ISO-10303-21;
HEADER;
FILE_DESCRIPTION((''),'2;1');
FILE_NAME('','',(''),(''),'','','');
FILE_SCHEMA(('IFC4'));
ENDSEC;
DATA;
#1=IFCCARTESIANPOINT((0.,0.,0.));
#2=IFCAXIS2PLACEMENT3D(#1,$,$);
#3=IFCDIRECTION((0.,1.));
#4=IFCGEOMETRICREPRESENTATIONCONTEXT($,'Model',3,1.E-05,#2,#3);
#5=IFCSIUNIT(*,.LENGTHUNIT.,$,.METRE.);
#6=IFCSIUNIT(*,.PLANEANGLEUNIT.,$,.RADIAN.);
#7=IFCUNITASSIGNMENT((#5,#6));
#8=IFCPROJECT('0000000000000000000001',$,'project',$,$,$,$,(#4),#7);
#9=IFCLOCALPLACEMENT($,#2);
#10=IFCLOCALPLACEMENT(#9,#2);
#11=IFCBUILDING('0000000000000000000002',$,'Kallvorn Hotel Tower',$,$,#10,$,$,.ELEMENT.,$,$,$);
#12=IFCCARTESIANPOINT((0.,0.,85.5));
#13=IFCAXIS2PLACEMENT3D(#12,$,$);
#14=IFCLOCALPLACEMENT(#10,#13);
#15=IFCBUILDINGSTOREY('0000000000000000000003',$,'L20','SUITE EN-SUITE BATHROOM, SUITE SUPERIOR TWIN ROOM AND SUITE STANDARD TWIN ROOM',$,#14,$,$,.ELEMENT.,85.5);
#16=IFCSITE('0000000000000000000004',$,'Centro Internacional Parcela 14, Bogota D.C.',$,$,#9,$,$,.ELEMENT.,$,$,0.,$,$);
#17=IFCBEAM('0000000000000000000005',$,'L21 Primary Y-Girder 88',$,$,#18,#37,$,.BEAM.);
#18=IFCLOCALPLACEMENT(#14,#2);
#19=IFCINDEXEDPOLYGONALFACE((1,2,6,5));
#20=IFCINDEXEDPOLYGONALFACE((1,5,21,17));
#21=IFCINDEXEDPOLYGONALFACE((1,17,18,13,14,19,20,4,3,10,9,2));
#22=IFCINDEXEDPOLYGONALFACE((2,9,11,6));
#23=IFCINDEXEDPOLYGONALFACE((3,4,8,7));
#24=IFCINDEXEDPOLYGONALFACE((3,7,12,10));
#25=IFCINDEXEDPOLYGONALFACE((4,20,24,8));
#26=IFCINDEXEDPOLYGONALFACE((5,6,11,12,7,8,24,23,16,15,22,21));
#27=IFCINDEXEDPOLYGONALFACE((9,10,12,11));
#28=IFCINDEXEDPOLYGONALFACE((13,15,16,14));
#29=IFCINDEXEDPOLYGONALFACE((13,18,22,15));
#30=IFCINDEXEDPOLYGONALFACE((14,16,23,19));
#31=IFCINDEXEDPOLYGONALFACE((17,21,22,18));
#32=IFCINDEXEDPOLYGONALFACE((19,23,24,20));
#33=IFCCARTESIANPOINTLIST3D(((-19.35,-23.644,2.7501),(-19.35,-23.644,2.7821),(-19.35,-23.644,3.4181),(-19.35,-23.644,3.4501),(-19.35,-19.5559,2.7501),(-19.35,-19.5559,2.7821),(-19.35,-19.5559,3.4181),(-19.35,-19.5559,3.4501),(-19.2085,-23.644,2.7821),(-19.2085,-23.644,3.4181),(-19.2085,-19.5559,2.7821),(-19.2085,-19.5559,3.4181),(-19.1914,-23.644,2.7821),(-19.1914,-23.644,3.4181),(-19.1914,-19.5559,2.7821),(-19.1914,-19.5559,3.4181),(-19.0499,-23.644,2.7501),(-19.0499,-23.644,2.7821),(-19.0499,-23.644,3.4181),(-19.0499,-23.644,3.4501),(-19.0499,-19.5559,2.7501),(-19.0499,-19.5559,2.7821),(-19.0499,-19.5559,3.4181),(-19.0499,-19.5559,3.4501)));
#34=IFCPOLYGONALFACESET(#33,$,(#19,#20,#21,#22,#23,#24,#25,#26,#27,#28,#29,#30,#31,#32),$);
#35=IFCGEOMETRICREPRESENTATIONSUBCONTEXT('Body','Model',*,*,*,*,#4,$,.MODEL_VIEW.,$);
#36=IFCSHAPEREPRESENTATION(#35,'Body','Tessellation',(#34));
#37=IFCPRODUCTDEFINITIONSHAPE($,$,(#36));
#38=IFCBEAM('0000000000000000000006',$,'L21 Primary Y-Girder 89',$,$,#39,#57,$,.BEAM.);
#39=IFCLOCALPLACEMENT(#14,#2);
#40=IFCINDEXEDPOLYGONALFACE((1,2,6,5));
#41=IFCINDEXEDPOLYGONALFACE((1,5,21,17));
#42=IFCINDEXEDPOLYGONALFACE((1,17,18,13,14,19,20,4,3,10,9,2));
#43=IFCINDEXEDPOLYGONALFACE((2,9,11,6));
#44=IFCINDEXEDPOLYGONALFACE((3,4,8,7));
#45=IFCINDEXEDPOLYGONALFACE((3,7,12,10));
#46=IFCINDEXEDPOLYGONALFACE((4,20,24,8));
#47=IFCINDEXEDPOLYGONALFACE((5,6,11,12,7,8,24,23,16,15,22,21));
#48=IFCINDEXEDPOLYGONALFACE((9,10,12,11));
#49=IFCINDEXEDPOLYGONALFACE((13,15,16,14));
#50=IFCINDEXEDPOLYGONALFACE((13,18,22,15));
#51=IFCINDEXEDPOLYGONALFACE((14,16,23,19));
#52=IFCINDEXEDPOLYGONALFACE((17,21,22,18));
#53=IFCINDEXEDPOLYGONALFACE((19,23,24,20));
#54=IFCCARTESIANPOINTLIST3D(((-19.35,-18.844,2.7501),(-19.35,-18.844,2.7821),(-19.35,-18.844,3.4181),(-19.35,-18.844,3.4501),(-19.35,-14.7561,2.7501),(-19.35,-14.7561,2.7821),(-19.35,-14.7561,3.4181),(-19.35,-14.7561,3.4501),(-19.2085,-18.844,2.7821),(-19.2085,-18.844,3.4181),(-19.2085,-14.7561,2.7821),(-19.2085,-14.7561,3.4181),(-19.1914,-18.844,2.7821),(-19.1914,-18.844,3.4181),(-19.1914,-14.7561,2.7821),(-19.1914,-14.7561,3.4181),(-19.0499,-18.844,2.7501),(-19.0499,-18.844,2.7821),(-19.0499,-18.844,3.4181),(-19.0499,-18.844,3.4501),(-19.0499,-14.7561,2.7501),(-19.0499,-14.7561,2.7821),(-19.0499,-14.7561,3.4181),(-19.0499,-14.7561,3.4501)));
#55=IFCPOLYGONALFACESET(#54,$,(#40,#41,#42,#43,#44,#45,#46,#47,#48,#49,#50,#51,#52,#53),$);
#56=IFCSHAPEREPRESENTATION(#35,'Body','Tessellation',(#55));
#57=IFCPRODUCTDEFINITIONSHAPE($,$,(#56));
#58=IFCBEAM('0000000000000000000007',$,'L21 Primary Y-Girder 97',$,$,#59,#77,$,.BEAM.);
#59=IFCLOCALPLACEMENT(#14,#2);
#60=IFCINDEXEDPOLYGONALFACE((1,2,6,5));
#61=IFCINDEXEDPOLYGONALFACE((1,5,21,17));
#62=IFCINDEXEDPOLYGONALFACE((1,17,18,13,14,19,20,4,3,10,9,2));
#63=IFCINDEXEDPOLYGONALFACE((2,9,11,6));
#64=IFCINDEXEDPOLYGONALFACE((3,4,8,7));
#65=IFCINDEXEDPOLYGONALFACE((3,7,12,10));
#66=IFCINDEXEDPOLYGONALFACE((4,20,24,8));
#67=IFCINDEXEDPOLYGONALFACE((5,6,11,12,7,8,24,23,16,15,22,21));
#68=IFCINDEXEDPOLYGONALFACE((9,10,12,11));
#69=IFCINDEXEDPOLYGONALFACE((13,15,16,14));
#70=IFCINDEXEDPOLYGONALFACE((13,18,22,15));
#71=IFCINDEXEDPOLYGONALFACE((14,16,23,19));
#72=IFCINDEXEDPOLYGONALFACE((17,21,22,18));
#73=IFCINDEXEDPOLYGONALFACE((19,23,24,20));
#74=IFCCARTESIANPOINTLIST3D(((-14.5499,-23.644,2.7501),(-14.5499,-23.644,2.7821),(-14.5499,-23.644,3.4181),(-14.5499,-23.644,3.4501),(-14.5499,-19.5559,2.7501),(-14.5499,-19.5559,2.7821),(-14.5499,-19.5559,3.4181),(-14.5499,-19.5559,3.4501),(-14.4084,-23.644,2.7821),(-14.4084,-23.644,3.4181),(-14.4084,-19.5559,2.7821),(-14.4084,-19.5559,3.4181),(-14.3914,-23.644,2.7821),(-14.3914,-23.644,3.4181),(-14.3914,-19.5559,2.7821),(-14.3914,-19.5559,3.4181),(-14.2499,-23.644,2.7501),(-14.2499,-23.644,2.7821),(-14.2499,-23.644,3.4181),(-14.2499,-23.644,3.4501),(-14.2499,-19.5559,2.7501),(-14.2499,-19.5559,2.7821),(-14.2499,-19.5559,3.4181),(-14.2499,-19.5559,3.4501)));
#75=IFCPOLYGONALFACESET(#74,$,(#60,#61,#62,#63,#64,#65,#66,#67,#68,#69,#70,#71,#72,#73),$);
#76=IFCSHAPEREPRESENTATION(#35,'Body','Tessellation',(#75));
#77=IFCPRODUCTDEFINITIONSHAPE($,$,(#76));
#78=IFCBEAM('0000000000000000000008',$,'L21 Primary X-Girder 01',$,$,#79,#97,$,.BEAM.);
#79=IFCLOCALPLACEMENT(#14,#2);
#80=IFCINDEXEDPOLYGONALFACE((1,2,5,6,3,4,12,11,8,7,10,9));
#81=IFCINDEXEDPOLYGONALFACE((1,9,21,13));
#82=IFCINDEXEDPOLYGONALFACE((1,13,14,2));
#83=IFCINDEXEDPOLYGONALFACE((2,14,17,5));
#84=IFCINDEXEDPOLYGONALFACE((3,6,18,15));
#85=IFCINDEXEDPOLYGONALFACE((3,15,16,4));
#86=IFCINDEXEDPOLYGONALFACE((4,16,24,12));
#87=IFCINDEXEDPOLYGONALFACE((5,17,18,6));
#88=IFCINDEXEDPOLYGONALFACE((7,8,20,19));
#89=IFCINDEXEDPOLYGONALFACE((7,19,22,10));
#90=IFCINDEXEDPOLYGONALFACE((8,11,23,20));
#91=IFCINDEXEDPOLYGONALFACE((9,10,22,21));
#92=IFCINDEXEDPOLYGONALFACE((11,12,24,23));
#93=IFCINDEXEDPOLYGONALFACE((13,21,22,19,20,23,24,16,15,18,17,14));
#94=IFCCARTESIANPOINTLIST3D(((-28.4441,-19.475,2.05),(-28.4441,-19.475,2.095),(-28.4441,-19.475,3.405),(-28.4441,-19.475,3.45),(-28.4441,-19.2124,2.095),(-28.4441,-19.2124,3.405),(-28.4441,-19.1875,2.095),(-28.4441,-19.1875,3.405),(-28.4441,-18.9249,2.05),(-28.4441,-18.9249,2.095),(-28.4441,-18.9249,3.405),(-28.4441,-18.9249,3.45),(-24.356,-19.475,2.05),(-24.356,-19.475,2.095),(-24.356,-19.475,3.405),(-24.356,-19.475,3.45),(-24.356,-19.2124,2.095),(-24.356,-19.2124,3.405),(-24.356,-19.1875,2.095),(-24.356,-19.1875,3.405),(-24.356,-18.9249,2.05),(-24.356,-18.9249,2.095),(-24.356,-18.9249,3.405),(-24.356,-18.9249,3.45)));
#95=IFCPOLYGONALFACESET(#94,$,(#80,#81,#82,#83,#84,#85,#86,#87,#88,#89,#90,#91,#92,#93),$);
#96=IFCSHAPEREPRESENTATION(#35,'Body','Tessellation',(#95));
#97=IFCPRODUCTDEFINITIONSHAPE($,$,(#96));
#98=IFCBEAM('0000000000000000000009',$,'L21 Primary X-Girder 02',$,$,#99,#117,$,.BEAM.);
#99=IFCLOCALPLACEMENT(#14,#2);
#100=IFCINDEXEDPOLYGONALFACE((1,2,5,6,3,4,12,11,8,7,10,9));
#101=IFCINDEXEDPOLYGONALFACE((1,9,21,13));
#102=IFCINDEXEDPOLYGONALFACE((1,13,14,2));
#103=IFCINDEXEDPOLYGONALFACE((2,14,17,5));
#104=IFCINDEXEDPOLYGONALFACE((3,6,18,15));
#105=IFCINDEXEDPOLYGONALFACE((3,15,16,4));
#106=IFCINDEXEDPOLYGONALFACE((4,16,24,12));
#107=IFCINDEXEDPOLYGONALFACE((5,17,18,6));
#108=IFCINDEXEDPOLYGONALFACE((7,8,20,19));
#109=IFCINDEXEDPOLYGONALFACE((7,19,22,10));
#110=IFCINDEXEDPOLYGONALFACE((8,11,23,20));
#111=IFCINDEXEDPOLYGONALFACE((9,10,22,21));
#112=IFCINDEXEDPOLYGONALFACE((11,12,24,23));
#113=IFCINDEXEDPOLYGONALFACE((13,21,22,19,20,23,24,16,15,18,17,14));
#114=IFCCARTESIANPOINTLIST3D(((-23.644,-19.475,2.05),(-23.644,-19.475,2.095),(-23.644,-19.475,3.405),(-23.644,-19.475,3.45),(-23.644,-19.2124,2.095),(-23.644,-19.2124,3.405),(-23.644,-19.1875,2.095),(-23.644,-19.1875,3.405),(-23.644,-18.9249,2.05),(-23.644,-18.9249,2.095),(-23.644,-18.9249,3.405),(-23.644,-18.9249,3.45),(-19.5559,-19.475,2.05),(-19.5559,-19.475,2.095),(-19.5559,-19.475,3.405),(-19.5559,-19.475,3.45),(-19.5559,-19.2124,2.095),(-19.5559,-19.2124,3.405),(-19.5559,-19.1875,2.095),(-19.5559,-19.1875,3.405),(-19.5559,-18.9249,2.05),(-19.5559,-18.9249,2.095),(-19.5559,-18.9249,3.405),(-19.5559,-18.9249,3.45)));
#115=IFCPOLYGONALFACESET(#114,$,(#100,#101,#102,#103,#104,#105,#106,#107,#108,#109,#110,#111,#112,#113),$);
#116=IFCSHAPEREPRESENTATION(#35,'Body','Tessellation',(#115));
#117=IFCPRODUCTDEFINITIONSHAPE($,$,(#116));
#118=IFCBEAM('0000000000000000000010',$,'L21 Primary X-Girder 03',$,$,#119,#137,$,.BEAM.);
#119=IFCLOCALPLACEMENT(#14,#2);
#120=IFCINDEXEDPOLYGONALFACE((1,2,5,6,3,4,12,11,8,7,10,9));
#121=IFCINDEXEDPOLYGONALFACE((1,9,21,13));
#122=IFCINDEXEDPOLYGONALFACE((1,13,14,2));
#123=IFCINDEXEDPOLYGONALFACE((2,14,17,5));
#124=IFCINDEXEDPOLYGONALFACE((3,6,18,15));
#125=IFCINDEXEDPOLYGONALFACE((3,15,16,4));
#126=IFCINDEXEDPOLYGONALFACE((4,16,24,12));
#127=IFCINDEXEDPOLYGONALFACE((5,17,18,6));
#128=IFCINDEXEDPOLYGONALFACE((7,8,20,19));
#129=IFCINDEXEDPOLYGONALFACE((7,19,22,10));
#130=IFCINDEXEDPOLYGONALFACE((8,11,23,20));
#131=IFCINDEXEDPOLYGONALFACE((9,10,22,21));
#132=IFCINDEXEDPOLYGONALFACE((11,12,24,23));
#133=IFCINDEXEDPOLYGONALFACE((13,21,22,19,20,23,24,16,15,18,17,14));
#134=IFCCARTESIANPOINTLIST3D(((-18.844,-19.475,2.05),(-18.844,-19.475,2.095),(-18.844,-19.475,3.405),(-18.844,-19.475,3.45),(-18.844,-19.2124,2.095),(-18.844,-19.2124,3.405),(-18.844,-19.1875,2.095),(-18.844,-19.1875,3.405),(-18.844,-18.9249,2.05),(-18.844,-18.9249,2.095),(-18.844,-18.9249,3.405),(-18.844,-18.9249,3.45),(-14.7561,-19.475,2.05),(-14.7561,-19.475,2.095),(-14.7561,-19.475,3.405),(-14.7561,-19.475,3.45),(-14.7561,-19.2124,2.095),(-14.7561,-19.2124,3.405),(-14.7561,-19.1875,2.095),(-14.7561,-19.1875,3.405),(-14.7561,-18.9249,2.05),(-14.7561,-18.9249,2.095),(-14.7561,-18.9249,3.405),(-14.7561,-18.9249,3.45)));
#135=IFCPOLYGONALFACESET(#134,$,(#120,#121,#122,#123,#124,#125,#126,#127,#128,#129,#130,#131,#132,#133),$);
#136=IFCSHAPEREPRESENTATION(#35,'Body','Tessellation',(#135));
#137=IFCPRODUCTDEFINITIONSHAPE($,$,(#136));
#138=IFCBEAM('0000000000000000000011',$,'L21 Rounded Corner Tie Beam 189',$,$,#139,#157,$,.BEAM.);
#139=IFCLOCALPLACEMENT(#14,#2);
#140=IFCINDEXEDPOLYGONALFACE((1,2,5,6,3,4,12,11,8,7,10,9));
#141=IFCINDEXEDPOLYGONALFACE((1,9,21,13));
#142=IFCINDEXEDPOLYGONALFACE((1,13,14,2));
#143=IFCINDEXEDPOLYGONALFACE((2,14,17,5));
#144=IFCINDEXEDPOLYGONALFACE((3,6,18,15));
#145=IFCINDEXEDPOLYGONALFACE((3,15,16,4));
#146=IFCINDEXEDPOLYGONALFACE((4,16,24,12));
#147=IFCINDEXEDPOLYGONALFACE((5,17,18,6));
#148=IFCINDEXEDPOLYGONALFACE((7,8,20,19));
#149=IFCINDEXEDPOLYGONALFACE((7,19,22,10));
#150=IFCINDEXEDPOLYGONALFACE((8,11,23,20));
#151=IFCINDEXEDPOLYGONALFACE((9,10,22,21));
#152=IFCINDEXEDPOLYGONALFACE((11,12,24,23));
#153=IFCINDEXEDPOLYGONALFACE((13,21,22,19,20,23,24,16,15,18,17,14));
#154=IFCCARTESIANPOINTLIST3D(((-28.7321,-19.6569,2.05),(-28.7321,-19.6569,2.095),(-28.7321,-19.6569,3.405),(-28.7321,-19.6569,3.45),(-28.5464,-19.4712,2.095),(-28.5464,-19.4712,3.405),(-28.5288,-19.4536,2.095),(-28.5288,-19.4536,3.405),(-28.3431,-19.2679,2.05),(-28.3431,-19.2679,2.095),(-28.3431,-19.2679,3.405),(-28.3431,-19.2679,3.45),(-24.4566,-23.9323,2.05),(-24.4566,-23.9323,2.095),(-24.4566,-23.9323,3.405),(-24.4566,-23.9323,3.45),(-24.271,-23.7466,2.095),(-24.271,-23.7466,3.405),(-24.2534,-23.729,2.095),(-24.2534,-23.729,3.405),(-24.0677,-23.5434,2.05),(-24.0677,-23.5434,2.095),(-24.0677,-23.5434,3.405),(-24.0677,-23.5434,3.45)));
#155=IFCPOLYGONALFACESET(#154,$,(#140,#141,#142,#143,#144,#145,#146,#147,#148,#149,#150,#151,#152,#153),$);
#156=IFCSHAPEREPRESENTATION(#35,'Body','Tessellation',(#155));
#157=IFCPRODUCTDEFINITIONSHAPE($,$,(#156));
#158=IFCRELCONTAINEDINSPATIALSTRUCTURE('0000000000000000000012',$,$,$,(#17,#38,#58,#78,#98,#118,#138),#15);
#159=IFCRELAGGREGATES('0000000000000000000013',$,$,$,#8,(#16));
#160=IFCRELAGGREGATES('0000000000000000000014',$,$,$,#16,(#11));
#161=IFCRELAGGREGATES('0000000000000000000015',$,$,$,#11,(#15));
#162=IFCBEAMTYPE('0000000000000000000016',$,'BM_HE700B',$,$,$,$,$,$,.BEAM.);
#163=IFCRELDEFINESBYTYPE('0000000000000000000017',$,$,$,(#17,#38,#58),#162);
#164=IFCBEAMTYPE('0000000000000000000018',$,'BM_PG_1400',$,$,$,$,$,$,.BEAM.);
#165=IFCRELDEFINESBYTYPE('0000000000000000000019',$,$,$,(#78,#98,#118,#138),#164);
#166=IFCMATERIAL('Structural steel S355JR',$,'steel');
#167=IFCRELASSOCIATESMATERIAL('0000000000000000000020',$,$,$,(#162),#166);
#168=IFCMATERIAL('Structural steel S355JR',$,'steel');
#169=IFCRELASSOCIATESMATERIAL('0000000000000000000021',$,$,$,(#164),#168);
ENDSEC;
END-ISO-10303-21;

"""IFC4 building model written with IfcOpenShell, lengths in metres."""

from ifc_helpers import new_model, si_unit, direction, frame, origin, origin_2d, place, context, subcontext, project, spatial, i_section, extrude, material, material_profile, profile_set, type_object, element, save


model = new_model("IFC4")

# Units and contexts
model_context = context("Model", 3, precision=1e-05, world=origin(), true_north=direction((0.0, 1.0)))
body_context = subcontext(model_context, "Body", "Model", "MODEL_VIEW")
ifc_project = project(units=[si_unit("LENGTHUNIT", "METRE"), si_unit("PLANEANGLEUNIT", "RADIAN")], contexts=[model_context])

# Site, building, storey
site_placement = place(None, origin())
site = spatial("IfcSite", under=ifc_project, at=site_placement, Name="Centro Internacional Parcela 14, Bogota D.C.", CompositionType="ELEMENT", RefElevation=0.0)
building_placement = place(site_placement, origin())
building = spatial("IfcBuilding", under=site, at=building_placement, Name="Kallvorn Hotel Tower", CompositionType="ELEMENT")
storey_placement = place(building_placement, frame((0.0, 0.0, 85.5)))
storey = spatial("IfcBuildingStorey", under=building, at=storey_placement, Name="L20", Description="SUITE EN-SUITE BATHROOM, SUITE SUPERIOR TWIN ROOM AND SUITE STANDARD TWIN ROOM", CompositionType="ELEMENT", Elevation=85.5)

# Beams
ifc_material_1 = material(Name="Structural steel S355JR", Category="steel")
ifc_material_profile_1 = material_profile(ifc_material_1, i_section(OverallWidth=0.3, OverallDepth=0.7, WebThickness=0.0171, FlangeThickness=0.032, at=origin_2d()), Name="HE 700 B")
ifc_profile_set_1 = profile_set([ifc_material_profile_1], Name="Structural steel S355JR")
beam_type_1 = type_object("IfcBeamType", Name="BM_HE700B", PredefinedType="BEAM", material=ifc_profile_set_1)
beam_1_placement = place(storey_placement, frame((-19.2, -23.644, 3.1001), z_axis=(0.0, 1.0, 0.0), x_axis=(-1.0, 0.0, 0.0)))
element("IfcBeam", 1, at=beam_1_placement, inside=storey, type_object=beam_type_1, Name="L21 Primary Y-Girder 88", PredefinedType="BEAM", context=body_context, shape_type="SweptSolid", body=[
    extrude(i_section(OverallWidth=0.3, OverallDepth=0.7, WebThickness=0.0171, FlangeThickness=0.032, at=origin_2d()), origin(), (0.0, 0.0, 1.0), 4.0881),
])
beam_2_placement = place(storey_placement, frame((-19.2, -18.844, 3.1001), z_axis=(0.0, 1.0, 0.0), x_axis=(-1.0, 0.0, 0.0)))
element("IfcBeam", 2, at=beam_2_placement, inside=storey, type_object=beam_type_1, Name="L21 Primary Y-Girder 89", PredefinedType="BEAM", context=body_context, shape_type="SweptSolid", body=[
    extrude(i_section(OverallWidth=0.3, OverallDepth=0.7, WebThickness=0.0171, FlangeThickness=0.032, at=origin_2d()), origin(), (0.0, 0.0, 1.0), 4.0879),
])
beam_3_placement = place(storey_placement, frame((-14.3999, -23.644, 3.1001), z_axis=(0.0, 1.0, 0.0), x_axis=(-1.0, 0.0, 0.0)))
element("IfcBeam", 3, at=beam_3_placement, inside=storey, type_object=beam_type_1, Name="L21 Primary Y-Girder 97", PredefinedType="BEAM", context=body_context, shape_type="SweptSolid", body=[
    extrude(i_section(OverallWidth=0.3, OverallDepth=0.7, WebThickness=0.0171, FlangeThickness=0.032, at=origin_2d()), origin(), (0.0, 0.0, 1.0), 4.0881),
])
ifc_material_2 = material(Name="Structural steel S355JR", Category="steel")
ifc_material_profile_2 = material_profile(ifc_material_2, i_section(OverallWidth=0.55, OverallDepth=1.3999, WebThickness=0.0249, FlangeThickness=0.0449, at=origin_2d()), Name="PG 1400x550x25x45")
ifc_profile_set_2 = profile_set([ifc_material_profile_2], Name="Structural steel S355JR")
beam_type_2 = type_object("IfcBeamType", Name="BM_PG_1400", PredefinedType="BEAM", material=ifc_profile_set_2)
for number, where, z_axis, x_axis, name in (
    (4, (-28.4441, -19.2, 2.75), (1.0, 0.0, 0.0), (0.0, 1.0, 0.0), "L21 Primary X-Girder 01"),
    (5, (-23.644, -19.2, 2.75), (1.0, 0.0, 0.0), (0.0, 1.0, 0.0), "L21 Primary X-Girder 02"),
):
    element("IfcBeam", number, at=place(storey_placement, frame(where, z_axis=z_axis, x_axis=x_axis)), inside=storey, type_object=beam_type_2, Name=name, PredefinedType="BEAM", context=body_context, shape_type="SweptSolid", body=[
        extrude(i_section(OverallWidth=0.55, OverallDepth=1.3999, WebThickness=0.0249, FlangeThickness=0.0449, at=origin_2d()), origin(), (0.0, 0.0, 1.0), 4.0881),
    ])
beam_4_placement = place(storey_placement, frame((-18.844, -19.2, 2.75), z_axis=(1.0, 0.0, 0.0), x_axis=(0.0, 1.0, 0.0)))
element("IfcBeam", 6, at=beam_4_placement, inside=storey, type_object=beam_type_2, Name="L21 Primary X-Girder 03", PredefinedType="BEAM", context=body_context, shape_type="SweptSolid", body=[
    extrude(i_section(OverallWidth=0.55, OverallDepth=1.3999, WebThickness=0.0249, FlangeThickness=0.0449, at=origin_2d()), origin(), (0.0, 0.0, 1.0), 4.0879),
])
beam_5_placement = place(storey_placement, frame((-28.5376, -19.4624, 2.75), z_axis=(0.707107, -0.707107, 0.0), x_axis=(0.707107, 0.707107, 0.0)))
element("IfcBeam", 7, at=beam_5_placement, inside=storey, type_object=beam_type_2, Name="L21 Rounded Corner Tie Beam 189", PredefinedType="BEAM", context=body_context, shape_type="SweptSolid", body=[
    extrude(i_section(OverallWidth=0.55, OverallDepth=1.3999, WebThickness=0.0249, FlangeThickness=0.0449, at=origin_2d()), origin(), (0.0, 0.0, 1.0), 6.0464),
])

save(model, "model.ifc")
